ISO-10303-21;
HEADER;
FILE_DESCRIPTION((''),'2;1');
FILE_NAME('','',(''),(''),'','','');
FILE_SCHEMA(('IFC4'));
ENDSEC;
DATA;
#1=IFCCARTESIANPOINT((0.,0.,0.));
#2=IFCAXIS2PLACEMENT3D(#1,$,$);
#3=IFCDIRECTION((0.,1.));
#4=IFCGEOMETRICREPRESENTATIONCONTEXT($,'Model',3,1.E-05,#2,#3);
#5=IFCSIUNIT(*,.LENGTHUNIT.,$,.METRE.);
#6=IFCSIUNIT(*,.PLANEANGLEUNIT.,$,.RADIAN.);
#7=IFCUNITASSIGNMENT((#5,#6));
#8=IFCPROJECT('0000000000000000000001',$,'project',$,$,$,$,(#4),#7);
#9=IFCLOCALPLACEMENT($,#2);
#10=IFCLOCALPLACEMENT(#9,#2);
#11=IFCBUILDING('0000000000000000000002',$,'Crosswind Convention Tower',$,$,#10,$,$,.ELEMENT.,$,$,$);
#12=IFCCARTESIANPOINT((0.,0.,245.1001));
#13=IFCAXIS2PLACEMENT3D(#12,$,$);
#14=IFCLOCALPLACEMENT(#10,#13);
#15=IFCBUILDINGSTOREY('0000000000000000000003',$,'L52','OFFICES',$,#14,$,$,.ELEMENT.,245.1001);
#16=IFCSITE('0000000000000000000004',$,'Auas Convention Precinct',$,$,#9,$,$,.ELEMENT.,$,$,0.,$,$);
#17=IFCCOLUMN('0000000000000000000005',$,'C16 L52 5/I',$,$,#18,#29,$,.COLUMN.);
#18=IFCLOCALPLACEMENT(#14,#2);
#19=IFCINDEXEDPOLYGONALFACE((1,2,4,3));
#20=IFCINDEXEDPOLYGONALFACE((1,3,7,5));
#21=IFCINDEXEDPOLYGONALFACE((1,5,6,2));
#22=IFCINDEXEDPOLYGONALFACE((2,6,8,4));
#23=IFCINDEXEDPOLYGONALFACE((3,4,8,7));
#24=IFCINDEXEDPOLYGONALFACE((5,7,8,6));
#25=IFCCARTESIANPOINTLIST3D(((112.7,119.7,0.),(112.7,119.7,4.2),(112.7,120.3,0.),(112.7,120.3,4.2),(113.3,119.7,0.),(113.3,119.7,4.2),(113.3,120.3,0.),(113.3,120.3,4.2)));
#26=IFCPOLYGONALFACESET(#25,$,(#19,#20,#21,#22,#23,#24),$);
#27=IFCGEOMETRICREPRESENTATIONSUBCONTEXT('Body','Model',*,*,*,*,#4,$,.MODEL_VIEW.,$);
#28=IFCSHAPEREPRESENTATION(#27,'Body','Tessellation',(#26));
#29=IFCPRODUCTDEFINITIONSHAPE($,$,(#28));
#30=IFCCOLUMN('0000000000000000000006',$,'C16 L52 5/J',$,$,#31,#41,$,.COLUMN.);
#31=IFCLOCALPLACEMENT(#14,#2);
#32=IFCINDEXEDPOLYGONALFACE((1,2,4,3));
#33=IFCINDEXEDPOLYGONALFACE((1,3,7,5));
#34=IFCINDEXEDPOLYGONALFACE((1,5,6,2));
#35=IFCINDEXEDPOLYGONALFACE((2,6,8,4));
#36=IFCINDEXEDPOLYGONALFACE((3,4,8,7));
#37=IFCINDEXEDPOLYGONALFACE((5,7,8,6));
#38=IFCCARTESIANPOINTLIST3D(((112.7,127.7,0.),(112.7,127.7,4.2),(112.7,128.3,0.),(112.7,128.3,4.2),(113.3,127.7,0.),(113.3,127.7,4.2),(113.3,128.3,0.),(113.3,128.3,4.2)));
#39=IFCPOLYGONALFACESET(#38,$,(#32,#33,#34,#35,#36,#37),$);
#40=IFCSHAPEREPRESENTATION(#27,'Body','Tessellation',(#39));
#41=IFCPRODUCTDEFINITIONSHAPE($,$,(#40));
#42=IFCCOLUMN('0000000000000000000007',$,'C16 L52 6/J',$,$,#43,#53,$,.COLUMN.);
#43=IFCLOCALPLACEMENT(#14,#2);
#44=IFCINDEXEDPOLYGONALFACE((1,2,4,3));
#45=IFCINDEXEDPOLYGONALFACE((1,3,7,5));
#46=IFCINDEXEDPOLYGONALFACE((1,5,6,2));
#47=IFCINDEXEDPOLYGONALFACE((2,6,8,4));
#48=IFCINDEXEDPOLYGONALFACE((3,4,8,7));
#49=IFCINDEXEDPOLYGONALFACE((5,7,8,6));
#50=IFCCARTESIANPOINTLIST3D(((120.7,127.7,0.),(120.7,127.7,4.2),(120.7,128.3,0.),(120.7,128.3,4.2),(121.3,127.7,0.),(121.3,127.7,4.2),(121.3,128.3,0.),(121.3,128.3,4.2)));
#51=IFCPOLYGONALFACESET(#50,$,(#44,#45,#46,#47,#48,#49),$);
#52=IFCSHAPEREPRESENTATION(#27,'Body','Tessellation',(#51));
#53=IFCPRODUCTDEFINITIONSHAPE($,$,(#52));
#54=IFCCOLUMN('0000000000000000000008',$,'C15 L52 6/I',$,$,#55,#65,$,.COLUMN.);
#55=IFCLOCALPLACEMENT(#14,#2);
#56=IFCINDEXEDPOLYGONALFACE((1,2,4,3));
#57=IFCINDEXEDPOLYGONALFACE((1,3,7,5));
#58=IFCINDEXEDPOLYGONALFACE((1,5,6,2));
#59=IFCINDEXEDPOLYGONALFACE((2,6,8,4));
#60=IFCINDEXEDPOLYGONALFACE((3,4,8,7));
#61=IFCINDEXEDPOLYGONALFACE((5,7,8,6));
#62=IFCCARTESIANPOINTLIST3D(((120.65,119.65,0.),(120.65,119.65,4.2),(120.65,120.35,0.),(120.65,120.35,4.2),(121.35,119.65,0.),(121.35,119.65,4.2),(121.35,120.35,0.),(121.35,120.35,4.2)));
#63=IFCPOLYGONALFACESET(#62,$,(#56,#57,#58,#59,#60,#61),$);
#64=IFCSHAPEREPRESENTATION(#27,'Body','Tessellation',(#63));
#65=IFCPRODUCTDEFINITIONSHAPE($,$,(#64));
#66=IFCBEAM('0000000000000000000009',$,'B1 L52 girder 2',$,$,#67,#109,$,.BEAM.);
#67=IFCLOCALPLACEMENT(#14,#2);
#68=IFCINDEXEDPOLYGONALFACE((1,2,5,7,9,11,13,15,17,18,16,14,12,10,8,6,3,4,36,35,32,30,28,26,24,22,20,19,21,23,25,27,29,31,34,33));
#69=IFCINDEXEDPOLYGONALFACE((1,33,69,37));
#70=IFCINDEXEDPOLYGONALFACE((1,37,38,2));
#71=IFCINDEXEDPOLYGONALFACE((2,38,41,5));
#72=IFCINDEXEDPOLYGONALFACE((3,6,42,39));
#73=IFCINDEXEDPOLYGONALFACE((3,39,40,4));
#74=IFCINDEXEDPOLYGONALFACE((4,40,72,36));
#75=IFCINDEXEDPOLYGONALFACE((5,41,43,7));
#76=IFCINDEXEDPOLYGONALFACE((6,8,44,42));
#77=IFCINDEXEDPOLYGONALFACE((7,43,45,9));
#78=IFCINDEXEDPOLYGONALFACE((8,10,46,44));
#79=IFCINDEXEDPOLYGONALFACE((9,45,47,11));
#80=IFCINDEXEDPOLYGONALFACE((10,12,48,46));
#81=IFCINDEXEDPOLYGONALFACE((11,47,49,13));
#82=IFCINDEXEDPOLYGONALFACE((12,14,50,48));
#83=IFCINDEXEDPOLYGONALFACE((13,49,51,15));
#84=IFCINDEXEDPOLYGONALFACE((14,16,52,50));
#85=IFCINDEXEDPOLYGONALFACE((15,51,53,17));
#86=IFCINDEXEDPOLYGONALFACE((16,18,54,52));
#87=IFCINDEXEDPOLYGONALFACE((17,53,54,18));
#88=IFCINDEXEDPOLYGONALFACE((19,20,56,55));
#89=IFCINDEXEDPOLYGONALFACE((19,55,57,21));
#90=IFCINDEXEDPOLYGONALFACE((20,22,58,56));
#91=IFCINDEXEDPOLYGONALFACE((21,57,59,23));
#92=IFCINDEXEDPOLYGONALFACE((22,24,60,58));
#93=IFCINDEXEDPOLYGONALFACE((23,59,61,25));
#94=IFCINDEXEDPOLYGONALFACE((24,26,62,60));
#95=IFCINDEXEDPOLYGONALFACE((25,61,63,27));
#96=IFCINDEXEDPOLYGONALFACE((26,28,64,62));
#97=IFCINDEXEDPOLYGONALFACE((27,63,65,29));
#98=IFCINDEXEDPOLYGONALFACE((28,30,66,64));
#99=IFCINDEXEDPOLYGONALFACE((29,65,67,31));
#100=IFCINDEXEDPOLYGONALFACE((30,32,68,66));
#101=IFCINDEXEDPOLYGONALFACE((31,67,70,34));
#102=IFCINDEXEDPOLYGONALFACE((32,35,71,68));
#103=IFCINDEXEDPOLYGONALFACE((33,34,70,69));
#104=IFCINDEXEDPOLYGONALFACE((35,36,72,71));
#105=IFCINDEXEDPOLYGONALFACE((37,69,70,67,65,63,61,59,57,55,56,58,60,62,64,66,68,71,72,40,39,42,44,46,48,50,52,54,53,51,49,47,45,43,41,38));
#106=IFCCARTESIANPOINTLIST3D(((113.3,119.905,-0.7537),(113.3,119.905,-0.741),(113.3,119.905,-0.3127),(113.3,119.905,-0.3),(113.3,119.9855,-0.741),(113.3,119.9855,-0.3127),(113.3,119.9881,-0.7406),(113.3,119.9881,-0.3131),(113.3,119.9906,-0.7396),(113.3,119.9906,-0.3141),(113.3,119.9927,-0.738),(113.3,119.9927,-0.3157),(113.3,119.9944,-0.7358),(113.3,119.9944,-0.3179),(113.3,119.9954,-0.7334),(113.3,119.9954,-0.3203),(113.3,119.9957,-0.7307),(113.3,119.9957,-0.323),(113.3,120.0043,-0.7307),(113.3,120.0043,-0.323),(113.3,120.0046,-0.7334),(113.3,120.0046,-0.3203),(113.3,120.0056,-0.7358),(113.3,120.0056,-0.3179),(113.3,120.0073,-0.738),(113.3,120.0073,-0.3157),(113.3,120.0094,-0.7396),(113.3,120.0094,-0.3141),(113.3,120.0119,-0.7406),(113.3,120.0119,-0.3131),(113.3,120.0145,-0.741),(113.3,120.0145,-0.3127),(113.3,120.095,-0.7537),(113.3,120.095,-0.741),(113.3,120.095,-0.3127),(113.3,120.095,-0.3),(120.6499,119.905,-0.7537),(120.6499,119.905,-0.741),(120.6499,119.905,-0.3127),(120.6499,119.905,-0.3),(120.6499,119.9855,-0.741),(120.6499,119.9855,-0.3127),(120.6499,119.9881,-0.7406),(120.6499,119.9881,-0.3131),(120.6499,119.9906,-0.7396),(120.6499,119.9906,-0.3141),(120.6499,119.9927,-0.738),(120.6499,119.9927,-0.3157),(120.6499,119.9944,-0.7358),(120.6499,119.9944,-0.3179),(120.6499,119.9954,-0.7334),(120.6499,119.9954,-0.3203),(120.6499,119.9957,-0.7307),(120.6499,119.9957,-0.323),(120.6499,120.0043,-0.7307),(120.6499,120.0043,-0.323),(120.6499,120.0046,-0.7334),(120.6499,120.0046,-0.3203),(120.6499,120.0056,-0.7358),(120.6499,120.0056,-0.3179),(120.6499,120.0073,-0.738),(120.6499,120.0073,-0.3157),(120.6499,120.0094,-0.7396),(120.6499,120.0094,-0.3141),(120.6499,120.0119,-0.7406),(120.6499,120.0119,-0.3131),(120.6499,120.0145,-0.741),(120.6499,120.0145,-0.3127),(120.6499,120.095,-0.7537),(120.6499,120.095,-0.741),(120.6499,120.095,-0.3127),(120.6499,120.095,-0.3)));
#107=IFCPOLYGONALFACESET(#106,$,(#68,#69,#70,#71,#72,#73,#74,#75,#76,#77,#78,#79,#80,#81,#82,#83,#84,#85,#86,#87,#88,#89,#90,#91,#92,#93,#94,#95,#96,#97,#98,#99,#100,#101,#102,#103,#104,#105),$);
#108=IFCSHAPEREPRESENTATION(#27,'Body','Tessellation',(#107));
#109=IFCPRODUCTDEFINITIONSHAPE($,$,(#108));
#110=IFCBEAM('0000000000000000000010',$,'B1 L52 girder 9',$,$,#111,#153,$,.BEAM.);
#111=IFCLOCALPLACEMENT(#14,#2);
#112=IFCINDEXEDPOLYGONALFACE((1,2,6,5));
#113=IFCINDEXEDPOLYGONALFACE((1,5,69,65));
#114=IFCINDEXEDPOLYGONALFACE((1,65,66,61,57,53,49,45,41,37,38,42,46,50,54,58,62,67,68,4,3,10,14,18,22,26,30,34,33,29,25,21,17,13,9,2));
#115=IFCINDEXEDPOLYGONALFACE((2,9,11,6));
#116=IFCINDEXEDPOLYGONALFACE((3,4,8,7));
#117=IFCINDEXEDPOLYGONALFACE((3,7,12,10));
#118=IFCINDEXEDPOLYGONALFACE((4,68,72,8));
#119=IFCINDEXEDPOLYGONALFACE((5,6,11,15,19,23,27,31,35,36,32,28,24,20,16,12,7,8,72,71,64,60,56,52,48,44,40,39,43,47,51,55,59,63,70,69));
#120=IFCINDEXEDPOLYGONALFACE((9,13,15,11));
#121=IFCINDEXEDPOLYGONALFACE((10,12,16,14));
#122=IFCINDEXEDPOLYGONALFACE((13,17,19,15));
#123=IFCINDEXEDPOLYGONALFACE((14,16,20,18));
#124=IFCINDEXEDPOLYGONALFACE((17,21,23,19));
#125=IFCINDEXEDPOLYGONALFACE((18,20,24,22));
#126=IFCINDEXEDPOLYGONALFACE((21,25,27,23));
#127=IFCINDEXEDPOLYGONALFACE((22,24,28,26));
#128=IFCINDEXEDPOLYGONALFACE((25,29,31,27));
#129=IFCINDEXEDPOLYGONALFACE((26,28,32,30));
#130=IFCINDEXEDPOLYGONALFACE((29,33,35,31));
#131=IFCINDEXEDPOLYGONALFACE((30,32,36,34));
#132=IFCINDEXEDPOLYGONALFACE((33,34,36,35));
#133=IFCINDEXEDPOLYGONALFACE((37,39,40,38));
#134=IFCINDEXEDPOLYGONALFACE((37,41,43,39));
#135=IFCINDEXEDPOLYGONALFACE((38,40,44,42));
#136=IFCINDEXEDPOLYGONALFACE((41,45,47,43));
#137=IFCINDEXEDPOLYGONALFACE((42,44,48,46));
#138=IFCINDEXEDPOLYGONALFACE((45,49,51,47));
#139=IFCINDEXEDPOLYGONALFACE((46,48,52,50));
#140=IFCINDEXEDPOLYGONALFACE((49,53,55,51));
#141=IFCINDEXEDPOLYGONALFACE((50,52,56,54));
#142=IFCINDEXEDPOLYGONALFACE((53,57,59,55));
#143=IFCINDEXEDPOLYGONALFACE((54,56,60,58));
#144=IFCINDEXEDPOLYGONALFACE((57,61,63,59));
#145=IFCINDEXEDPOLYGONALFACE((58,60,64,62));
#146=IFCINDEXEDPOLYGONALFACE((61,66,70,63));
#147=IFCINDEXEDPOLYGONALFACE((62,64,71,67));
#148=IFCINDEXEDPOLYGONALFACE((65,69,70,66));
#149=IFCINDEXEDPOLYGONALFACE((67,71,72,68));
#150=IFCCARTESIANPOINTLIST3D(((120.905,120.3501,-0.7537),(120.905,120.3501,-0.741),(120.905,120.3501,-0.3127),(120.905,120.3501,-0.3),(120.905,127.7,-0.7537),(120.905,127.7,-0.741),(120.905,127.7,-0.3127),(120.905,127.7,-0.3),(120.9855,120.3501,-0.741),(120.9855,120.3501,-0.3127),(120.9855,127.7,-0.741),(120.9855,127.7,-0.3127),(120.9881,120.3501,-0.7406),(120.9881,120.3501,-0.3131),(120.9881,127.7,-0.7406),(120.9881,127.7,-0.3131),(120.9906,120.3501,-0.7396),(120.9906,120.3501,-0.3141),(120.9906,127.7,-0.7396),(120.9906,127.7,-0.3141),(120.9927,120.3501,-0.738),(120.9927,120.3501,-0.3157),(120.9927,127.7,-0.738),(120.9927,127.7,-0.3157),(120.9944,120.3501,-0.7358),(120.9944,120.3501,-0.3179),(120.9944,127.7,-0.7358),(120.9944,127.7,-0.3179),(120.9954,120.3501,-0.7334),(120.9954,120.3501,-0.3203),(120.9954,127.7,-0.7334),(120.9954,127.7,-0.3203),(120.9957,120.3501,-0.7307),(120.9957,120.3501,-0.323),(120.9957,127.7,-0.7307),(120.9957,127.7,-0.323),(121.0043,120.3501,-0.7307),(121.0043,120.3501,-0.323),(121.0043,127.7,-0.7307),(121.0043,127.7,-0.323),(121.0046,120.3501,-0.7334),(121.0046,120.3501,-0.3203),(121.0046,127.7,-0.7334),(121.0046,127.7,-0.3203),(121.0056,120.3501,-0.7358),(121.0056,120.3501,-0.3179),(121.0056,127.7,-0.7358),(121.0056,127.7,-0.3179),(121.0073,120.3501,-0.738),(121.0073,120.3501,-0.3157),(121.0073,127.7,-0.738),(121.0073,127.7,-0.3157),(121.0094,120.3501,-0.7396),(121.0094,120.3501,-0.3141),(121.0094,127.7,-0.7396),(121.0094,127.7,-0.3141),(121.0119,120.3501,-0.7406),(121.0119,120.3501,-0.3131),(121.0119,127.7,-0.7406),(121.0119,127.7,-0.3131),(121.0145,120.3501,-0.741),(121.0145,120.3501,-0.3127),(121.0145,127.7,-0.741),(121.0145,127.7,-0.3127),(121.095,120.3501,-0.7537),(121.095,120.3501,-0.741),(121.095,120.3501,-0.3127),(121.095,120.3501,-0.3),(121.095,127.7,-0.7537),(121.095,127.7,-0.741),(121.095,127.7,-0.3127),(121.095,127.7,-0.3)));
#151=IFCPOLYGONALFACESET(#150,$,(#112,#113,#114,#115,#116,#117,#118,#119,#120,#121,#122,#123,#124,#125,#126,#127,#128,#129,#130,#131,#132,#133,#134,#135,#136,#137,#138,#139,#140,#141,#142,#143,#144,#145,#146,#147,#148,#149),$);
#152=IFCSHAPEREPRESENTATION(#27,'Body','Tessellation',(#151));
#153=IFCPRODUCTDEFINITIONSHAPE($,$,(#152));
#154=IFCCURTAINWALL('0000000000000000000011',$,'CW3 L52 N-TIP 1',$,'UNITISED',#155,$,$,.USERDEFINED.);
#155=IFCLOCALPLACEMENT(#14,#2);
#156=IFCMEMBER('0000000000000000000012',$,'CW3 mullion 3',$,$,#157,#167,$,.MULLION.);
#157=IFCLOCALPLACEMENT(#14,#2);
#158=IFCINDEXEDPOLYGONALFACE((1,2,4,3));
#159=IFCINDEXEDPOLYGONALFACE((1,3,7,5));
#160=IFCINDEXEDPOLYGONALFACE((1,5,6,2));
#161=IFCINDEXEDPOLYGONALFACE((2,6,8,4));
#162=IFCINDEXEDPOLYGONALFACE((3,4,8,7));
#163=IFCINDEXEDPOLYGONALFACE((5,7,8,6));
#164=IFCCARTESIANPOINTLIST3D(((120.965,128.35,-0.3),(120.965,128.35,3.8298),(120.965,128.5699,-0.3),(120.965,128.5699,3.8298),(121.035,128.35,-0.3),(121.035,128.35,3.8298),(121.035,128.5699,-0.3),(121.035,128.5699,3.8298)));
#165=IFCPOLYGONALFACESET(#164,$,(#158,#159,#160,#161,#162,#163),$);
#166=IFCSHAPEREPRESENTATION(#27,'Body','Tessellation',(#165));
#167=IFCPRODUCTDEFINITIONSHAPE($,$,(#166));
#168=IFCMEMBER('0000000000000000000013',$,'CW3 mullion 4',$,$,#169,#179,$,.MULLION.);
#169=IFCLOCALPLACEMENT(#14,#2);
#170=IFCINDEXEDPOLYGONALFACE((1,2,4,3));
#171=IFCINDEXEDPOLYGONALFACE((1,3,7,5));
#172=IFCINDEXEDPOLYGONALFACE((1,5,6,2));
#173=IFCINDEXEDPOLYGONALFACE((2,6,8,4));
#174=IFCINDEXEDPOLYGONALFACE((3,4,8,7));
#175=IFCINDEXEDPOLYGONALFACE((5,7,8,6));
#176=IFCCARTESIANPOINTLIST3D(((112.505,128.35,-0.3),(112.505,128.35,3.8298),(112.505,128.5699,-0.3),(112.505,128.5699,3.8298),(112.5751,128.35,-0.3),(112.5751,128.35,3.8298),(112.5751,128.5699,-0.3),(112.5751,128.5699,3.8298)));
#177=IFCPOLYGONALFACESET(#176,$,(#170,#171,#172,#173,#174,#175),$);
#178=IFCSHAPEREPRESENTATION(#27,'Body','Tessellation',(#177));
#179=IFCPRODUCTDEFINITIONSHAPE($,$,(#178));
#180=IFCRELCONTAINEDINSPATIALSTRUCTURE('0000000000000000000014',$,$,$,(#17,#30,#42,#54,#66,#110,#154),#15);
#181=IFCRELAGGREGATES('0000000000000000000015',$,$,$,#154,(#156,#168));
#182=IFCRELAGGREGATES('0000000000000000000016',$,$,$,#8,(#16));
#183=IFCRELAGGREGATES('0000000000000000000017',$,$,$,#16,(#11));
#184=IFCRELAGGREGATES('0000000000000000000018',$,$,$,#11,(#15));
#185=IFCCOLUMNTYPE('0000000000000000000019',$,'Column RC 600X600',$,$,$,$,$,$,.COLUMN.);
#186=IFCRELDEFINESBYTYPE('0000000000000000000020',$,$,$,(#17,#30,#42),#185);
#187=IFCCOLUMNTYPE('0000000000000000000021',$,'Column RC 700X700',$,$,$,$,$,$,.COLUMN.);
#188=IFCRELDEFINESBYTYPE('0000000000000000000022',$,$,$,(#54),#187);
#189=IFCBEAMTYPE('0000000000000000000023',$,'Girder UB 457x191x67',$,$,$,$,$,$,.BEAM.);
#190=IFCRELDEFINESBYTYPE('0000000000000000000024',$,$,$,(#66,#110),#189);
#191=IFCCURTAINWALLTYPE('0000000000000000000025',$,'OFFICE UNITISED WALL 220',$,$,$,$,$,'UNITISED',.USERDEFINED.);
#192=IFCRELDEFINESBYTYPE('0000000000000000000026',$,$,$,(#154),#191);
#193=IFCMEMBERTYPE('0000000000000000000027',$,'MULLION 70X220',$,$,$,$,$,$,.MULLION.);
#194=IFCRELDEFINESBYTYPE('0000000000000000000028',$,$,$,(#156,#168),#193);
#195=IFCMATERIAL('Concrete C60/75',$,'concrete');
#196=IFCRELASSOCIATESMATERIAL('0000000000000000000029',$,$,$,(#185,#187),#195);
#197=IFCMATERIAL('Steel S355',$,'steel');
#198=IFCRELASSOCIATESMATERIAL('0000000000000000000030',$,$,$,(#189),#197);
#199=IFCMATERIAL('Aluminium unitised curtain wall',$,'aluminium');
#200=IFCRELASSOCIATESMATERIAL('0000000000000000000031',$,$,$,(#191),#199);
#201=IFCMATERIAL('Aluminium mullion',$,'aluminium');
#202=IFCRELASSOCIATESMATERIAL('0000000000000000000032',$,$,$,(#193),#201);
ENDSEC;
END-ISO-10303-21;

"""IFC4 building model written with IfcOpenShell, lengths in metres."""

from ifc_helpers import new_model, si_unit, direction, frame, origin, origin_2d, place, context, subcontext, project, spatial, rectangle, i_section, extrude, material, material_profile, profile_set, type_object, element, aggregate, save


model = new_model("IFC4")

# Units and contexts
model_context = context("Model", 3, precision=1e-05, world=origin(), true_north=direction((0.0, 1.0)))
body_context = subcontext(model_context, "Body", "Model", "MODEL_VIEW")
ifc_project = project(units=[si_unit("LENGTHUNIT", "METRE"), si_unit("PLANEANGLEUNIT", "RADIAN")], contexts=[model_context])

# Site, building, storey
site_placement = place(None, origin())
site = spatial("IfcSite", under=ifc_project, at=site_placement, Name="Auas Convention Precinct", CompositionType="ELEMENT", RefElevation=0.0)
building_placement = place(site_placement, origin())
building = spatial("IfcBuilding", under=site, at=building_placement, Name="Crosswind Convention Tower", CompositionType="ELEMENT")
storey_placement = place(building_placement, frame((0.0, 0.0, 245.1001)))
storey = spatial("IfcBuildingStorey", under=building, at=storey_placement, Name="L52", Description="OFFICES", CompositionType="ELEMENT", Elevation=245.1001)

# Columns
ifc_material_1 = material(Name="Concrete C60/75", Category="concrete")
ifc_material_profile_1 = material_profile(ifc_material_1, rectangle(XDim=0.6001, YDim=0.6001, at=origin_2d()), Name="RC 600X600")
ifc_profile_set_1 = profile_set([ifc_material_profile_1], Name="Concrete C60/75")
column_type_1 = type_object("IfcColumnType", Name="Column RC 600X600", PredefinedType="COLUMN", material=ifc_profile_set_1)
for number, where, z_axis, x_axis, name in (
    (1, (113.0, 120.0, 0.0), (0.0, 0.0, 1.0), (1.0, 0.0, 0.0), "C16 L52 5/I"),
    (2, (113.0, 128.0, 0.0), (0.0, 0.0, 1.0), (1.0, 0.0, 0.0), "C16 L52 5/J"),
    (3, (121.0, 128.0, 0.0), (0.0, 0.0, 1.0), (1.0, 0.0, 0.0), "C16 L52 6/J"),
):
    element("IfcColumn", number, at=place(storey_placement, frame(where, z_axis=z_axis, x_axis=x_axis)), inside=storey, type_object=column_type_1, Name=name, PredefinedType="COLUMN", context=body_context, shape_type="SweptSolid", body=[
        extrude(rectangle(XDim=0.6001, YDim=0.6001, at=origin_2d()), origin(), (0.0, 0.0, 1.0), 4.2),
    ])
ifc_material_profile_2 = material_profile(ifc_material_1, rectangle(XDim=0.7, YDim=0.7, at=origin_2d()), Name="RC 700X700")
ifc_profile_set_2 = profile_set([ifc_material_profile_2], Name="Concrete C60/75")
column_type_2 = type_object("IfcColumnType", Name="Column RC 700X700", PredefinedType="COLUMN", material=ifc_profile_set_2)
column_placement = place(storey_placement, frame((121.0, 120.0, 0.0), z_axis=(0.0, 0.0, 1.0), x_axis=(1.0, 0.0, 0.0)))
element("IfcColumn", 4, at=column_placement, inside=storey, type_object=column_type_2, Name="C15 L52 6/I", PredefinedType="COLUMN", context=body_context, shape_type="SweptSolid", body=[
    extrude(rectangle(XDim=0.7, YDim=0.7, at=origin_2d()), origin(), (0.0, 0.0, 1.0), 4.2),
])

# Beams
ifc_material_2 = material(Name="Steel S355", Category="steel")
ifc_material_profile_3 = material_profile(ifc_material_2, i_section(OverallWidth=0.1899, OverallDepth=0.4536, WebThickness=0.0085, FlangeThickness=0.0127, FilletRadius=0.0103, at=origin_2d()), Name="UB 457x191x67")
ifc_profile_set_3 = profile_set([ifc_material_profile_3], Name="Steel S355")
beam_type_1 = type_object("IfcBeamType", Name="Girder UB 457x191x67", PredefinedType="BEAM", material=ifc_profile_set_3)
for number, where, z_axis, x_axis, name in (
    (5, (113.3, 120.0, -0.5269), (1.0, 0.0, 0.0), (0.0, 1.0, 0.0), "B1 L52 girder 2"),
    (6, (121.0, 120.3501, -0.5269), (0.0, 1.0, 0.0), (-1.0, 0.0, 0.0), "B1 L52 girder 9"),
):
    element("IfcBeam", number, at=place(storey_placement, frame(where, z_axis=z_axis, x_axis=x_axis)), inside=storey, type_object=beam_type_1, Name=name, PredefinedType="BEAM", context=body_context, shape_type="SweptSolid", body=[
        extrude(i_section(OverallWidth=0.1899, OverallDepth=0.4536, WebThickness=0.0085, FlangeThickness=0.0127, FilletRadius=0.0103, at=origin_2d()), origin(), (0.0, 0.0, 1.0), 7.3499),
    ])

# Curtain wall, members
ifc_material_3 = material(Name="Aluminium unitised curtain wall", Category="aluminium")
curtain_wall_type = type_object("IfcCurtainWallType", Name="OFFICE UNITISED WALL 220", ElementType="UNITISED", PredefinedType="USERDEFINED", material=ifc_material_3)
curtain_wall_1_placement = place(storey_placement, origin())
curtain_wall_1 = element("IfcCurtainWall", 7, at=curtain_wall_1_placement, inside=storey, type_object=curtain_wall_type, Name="CW3 L52 N-TIP 1", ObjectType="UNITISED", PredefinedType="USERDEFINED")
ifc_material_4 = material(Name="Aluminium mullion", Category="aluminium")
ifc_material_profile_4 = material_profile(ifc_material_4, rectangle(XDim=0.22, YDim=0.0701, at=origin_2d()), Name="AL 220X70")
ifc_profile_set_4 = profile_set([ifc_material_profile_4], Name="Aluminium mullion")
member_type_1 = type_object("IfcMemberType", Name="MULLION 70X220", PredefinedType="MULLION", material=ifc_profile_set_4)
member_1_placement = place(storey_placement, frame((121.0, 128.46, -0.3), z_axis=(0.0, 0.0, 1.0), x_axis=(0.0, 1.0, 0.0)))
member_1 = element("IfcMember", 8, at=member_1_placement, type_object=member_type_1, Name="CW3 mullion 3", PredefinedType="MULLION", context=body_context, shape_type="SweptSolid", body=[
    extrude(rectangle(XDim=0.22, YDim=0.0701, at=origin_2d()), origin(), (0.0, 0.0, 1.0), 4.1299),
])
member_2_placement = place(storey_placement, frame((112.54, 128.46, -0.3), z_axis=(0.0, 0.0, 1.0), x_axis=(0.0, 1.0, 0.0)))
member_2 = element("IfcMember", 9, at=member_2_placement, type_object=member_type_1, Name="CW3 mullion 4", PredefinedType="MULLION", context=body_context, shape_type="SweptSolid", body=[
    extrude(rectangle(XDim=0.22, YDim=0.0701, at=origin_2d()), origin(), (0.0, 0.0, 1.0), 4.1299),
])

aggregate(curtain_wall_1, [member_1, member_2])

save(model, "model.ifc")
